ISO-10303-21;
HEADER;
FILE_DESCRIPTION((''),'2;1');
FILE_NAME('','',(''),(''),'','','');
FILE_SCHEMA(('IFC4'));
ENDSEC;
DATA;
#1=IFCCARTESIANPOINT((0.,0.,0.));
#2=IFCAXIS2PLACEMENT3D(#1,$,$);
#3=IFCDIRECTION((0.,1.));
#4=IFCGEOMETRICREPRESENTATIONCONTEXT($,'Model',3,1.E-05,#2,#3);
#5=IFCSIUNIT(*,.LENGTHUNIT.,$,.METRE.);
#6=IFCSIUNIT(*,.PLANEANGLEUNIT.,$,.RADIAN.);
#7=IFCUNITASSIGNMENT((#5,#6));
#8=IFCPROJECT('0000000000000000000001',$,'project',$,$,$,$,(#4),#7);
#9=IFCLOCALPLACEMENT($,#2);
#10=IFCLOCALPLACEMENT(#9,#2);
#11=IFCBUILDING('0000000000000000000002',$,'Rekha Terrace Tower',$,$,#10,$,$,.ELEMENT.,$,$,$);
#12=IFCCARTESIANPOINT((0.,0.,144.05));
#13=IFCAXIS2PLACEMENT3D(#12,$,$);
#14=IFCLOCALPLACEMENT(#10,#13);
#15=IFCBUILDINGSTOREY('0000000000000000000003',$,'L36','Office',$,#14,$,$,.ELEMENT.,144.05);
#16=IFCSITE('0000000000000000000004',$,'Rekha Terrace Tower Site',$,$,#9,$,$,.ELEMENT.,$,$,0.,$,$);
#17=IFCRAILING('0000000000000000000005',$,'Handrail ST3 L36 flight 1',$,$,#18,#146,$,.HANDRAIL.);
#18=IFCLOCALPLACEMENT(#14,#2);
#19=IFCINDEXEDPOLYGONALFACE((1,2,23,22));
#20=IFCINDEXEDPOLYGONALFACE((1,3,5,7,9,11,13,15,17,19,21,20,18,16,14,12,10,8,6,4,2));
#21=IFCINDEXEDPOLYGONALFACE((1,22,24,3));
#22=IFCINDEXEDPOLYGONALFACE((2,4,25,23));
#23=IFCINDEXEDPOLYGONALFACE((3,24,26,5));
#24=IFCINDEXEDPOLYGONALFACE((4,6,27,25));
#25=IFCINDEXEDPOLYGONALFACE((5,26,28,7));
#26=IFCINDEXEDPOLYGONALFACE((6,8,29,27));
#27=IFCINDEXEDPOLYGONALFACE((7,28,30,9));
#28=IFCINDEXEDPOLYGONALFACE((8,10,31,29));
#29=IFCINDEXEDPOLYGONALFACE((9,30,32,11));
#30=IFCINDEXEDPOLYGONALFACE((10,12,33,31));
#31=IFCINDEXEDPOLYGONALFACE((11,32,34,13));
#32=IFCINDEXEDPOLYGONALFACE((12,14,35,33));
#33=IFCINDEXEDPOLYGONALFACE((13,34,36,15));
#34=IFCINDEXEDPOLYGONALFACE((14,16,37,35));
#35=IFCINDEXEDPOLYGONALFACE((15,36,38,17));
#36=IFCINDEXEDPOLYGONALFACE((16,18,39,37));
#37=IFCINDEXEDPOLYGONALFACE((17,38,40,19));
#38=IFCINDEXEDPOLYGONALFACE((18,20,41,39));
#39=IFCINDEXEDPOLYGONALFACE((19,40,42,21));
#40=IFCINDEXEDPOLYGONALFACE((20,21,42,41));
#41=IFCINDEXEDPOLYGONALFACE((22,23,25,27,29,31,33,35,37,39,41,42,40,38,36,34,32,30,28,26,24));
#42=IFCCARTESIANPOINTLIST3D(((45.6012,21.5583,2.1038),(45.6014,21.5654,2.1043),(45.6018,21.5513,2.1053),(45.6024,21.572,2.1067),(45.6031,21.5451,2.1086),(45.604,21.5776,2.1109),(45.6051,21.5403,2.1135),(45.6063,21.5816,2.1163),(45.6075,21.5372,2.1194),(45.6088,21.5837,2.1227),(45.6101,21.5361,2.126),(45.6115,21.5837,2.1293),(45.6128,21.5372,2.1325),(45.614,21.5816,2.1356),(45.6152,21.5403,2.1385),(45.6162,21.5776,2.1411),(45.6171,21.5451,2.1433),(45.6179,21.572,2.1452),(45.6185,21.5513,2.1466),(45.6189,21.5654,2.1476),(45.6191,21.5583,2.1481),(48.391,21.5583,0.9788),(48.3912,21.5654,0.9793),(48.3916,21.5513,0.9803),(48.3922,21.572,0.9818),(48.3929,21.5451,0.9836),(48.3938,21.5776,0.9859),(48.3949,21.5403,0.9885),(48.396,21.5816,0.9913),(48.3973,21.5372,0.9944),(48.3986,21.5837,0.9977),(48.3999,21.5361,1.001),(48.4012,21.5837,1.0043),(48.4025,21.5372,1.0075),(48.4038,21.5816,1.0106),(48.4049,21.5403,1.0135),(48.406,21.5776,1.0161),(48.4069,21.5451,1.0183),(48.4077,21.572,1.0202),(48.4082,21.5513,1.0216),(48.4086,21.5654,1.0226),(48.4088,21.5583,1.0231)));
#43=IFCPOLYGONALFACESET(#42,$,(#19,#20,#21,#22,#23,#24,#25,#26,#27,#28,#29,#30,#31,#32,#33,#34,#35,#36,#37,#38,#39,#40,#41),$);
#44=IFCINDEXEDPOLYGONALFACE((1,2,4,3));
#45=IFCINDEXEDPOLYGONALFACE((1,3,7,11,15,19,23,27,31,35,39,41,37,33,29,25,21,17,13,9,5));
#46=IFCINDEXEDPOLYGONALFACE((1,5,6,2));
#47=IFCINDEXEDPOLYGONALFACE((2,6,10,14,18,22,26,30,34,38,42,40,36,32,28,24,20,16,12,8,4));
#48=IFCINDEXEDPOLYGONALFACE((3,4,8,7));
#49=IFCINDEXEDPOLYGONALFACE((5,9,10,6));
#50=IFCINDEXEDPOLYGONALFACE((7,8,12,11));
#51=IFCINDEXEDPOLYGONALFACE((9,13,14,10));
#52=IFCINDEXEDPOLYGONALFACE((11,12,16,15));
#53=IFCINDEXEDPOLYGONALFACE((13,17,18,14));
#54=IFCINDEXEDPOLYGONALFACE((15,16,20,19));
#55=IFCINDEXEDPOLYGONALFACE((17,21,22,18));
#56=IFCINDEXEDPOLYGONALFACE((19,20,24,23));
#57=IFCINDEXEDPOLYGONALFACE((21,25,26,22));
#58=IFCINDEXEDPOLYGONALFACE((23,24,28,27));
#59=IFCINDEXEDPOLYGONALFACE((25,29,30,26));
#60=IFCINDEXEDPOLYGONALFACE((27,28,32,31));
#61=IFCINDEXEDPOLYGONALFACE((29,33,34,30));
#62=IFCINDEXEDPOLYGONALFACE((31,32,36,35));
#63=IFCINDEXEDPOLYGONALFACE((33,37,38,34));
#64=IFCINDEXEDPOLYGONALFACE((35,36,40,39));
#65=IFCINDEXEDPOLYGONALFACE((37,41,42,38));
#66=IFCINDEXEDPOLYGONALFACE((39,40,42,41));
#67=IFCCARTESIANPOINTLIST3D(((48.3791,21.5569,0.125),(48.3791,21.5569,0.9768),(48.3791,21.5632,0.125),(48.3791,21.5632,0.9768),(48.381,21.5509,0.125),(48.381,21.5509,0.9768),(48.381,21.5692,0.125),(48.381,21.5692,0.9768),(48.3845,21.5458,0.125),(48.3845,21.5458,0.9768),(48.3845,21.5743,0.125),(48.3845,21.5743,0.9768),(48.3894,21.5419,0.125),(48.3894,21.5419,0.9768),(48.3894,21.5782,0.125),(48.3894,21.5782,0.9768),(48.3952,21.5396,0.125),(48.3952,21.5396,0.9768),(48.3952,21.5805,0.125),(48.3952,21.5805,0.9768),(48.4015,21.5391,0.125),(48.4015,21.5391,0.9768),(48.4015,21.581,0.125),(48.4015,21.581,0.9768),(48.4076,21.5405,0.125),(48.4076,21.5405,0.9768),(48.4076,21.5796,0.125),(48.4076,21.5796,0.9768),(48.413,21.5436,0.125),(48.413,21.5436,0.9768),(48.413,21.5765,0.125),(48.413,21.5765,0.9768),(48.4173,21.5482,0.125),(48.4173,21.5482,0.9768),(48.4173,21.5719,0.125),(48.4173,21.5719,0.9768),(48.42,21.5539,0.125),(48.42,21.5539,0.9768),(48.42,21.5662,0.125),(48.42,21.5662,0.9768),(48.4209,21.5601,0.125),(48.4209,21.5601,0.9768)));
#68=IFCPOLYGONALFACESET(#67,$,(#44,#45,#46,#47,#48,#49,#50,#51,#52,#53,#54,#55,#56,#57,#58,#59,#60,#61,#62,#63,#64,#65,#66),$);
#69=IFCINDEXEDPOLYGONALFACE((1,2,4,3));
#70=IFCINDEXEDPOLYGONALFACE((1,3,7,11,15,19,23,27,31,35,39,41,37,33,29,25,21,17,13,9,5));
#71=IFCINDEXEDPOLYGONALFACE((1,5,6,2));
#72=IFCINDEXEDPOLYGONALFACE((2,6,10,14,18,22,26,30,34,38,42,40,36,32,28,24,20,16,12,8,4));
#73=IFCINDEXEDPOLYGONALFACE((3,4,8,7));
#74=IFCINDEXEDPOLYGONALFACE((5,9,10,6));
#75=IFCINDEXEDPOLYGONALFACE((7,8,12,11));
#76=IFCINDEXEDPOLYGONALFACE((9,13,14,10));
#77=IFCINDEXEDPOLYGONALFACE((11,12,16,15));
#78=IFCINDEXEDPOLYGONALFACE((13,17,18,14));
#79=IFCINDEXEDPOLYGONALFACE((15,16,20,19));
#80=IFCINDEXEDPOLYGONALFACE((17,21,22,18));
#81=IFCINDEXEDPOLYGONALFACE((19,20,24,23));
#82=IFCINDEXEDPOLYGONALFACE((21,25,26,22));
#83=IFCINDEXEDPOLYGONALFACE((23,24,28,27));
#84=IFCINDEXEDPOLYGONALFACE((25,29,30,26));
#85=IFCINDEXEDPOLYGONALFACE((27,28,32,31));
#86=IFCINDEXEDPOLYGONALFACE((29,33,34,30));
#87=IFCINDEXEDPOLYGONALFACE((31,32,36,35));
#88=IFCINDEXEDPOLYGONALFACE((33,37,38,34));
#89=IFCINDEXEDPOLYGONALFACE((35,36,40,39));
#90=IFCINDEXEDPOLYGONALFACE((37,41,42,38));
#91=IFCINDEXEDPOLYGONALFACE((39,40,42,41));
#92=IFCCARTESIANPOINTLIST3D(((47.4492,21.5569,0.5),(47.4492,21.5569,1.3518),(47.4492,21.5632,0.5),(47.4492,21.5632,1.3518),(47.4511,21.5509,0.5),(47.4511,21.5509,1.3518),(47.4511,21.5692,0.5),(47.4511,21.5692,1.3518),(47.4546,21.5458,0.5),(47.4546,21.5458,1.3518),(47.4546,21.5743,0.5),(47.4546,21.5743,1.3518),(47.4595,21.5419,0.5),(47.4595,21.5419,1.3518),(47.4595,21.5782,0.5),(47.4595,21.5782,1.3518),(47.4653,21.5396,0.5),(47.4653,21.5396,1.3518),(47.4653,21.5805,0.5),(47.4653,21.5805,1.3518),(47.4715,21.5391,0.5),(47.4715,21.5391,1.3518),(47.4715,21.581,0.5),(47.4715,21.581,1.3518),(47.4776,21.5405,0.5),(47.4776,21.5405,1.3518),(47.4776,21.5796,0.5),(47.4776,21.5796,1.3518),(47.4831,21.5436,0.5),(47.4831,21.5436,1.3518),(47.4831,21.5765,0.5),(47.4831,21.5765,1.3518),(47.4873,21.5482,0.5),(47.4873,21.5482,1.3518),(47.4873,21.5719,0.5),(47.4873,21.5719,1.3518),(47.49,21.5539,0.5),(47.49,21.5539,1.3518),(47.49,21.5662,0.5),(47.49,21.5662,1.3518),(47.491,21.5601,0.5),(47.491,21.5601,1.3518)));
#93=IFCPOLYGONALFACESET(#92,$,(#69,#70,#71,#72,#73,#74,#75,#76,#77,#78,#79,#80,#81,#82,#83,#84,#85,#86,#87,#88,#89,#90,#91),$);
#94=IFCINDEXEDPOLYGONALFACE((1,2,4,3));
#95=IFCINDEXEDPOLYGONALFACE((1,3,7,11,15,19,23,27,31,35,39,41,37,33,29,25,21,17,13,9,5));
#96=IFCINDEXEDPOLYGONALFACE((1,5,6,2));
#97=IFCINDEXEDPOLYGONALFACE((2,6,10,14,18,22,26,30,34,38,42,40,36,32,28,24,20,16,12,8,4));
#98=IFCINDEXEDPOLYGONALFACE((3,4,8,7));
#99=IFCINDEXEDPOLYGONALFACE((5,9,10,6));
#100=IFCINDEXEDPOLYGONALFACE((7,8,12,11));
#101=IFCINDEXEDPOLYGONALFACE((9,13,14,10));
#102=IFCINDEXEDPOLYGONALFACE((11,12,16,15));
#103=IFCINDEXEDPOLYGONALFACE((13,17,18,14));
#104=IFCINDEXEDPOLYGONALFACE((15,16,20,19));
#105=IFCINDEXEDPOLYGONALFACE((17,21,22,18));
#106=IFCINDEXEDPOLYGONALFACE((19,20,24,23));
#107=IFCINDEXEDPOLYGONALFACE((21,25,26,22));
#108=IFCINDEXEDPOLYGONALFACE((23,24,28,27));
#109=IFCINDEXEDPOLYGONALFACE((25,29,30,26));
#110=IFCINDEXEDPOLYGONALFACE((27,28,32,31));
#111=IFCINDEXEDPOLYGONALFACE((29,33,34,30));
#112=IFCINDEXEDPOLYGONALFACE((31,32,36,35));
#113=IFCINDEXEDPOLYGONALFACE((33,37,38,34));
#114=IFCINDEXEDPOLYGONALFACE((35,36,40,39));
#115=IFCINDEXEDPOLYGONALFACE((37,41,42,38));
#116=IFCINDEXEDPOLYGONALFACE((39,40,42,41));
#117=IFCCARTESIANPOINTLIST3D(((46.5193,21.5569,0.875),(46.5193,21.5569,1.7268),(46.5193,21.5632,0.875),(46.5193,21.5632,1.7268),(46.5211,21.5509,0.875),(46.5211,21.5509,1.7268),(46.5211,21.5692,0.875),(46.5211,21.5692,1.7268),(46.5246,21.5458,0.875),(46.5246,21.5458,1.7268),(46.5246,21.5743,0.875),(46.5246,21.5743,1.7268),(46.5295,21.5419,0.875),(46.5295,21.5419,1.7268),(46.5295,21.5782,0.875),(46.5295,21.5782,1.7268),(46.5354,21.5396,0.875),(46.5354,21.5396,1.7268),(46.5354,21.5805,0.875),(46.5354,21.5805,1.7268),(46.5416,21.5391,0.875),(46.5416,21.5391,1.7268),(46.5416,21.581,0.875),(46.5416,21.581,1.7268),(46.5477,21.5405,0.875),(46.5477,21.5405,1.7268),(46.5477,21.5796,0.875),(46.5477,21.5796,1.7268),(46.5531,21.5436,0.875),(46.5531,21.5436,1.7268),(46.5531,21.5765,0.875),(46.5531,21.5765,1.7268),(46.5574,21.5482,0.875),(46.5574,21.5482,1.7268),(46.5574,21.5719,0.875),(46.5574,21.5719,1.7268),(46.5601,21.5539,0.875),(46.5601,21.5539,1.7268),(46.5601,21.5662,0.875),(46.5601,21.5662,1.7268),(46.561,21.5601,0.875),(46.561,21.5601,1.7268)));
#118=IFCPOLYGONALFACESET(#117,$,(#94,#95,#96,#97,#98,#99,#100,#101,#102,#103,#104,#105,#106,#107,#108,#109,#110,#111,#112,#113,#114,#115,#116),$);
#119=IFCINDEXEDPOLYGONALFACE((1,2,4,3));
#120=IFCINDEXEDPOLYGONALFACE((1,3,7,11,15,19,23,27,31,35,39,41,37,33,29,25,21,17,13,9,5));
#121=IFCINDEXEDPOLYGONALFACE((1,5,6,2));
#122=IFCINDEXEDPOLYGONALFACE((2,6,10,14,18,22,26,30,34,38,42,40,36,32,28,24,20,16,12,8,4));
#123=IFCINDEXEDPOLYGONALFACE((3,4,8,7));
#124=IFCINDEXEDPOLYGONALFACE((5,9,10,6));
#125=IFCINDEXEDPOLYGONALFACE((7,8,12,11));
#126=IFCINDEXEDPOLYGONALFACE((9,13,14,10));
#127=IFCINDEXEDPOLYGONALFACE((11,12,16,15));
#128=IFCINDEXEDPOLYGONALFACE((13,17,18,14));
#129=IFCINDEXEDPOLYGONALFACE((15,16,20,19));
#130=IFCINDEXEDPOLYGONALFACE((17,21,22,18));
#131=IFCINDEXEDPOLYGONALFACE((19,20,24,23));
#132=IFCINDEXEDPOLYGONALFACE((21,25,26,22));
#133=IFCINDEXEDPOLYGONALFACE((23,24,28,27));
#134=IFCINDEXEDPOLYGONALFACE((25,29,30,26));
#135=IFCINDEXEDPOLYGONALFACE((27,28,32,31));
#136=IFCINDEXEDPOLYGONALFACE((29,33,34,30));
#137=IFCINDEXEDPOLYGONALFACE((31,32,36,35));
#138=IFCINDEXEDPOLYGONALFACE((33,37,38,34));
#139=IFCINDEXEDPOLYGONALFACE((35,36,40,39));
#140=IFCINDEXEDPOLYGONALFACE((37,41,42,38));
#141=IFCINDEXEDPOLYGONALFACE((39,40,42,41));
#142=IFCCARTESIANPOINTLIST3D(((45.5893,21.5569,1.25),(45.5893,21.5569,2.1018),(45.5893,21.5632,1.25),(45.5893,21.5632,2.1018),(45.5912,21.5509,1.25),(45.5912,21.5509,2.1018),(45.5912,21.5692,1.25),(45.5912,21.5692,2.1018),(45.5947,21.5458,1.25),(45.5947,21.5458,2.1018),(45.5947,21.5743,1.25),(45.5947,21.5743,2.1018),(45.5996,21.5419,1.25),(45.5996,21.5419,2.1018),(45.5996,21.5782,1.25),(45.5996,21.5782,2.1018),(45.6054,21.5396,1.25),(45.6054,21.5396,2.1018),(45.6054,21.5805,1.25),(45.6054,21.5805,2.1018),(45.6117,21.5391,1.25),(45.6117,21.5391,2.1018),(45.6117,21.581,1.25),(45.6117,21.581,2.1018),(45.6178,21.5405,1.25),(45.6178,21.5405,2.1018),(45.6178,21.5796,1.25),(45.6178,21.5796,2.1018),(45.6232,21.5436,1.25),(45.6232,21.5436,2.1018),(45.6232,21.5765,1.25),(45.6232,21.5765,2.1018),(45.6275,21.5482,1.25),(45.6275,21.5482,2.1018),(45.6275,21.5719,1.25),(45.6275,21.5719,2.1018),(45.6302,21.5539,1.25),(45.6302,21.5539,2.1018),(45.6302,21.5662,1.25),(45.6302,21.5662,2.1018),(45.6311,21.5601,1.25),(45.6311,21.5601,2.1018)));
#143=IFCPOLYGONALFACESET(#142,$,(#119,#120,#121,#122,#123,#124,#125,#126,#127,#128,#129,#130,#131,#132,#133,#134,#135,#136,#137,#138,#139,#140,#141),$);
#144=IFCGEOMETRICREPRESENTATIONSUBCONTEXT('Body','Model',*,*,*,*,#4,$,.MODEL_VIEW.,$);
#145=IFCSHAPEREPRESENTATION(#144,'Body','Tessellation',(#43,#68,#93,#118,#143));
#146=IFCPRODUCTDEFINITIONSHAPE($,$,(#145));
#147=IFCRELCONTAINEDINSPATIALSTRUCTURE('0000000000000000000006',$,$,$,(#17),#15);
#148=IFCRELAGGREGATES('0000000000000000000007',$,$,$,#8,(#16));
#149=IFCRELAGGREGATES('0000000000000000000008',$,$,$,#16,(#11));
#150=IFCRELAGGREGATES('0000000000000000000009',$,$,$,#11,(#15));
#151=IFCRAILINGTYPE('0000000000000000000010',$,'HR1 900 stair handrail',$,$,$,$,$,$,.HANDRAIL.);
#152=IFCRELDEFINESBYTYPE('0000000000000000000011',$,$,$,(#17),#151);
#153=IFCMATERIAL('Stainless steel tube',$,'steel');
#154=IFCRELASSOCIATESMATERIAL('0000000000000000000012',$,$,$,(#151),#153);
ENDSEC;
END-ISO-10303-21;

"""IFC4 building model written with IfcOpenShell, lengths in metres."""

from ifc_helpers import new_model, si_unit, direction, frame, origin, origin_2d, place, context, subcontext, project, spatial, circle, extrude, material, type_object, element, save


model = new_model("IFC4")

# Units and contexts
model_context = context("Model", 3, precision=1e-05, world=origin(), true_north=direction((0.0, 1.0)))
body_context = subcontext(model_context, "Body", "Model", "MODEL_VIEW")
ifc_project = project(units=[si_unit("LENGTHUNIT", "METRE"), si_unit("PLANEANGLEUNIT", "RADIAN")], contexts=[model_context])

# Site, building, storey
site_placement = place(None, origin())
site = spatial("IfcSite", under=ifc_project, at=site_placement, Name="Rekha Terrace Tower Site", CompositionType="ELEMENT", RefElevation=0.0)
building_placement = place(site_placement, origin())
building = spatial("IfcBuilding", under=site, at=building_placement, Name="Rekha Terrace Tower", CompositionType="ELEMENT")
storey_placement = place(building_placement, frame((0.0, 0.0, 144.05)))
storey = spatial("IfcBuildingStorey", under=building, at=storey_placement, Name="L36", Description="Office", CompositionType="ELEMENT", Elevation=144.05)

# Railing
ifc_material_1 = material(Name="Stainless steel tube", Category="steel")
railing_type = type_object("IfcRailingType", Name="HR1 900 stair handrail", PredefinedType="HANDRAIL", material=ifc_material_1)
railing_placement = place(storey_placement, frame((48.3999, 21.5601, 0.125)))
element("IfcRailing", 1, at=railing_placement, inside=storey, type_object=railing_type, Name="Handrail ST3 L36 flight 1", PredefinedType="HANDRAIL", context=body_context, shape_type="SweptSolid", body=[
    extrude(circle(Radius=0.0239, at=origin_2d()), frame((0.0, 0.0, 0.876), z_axis=(-0.927432, 0.0, 0.373992), x_axis=(0.0, -1.0, 0.0)), (0.0, 0.0, 1.0), 3.0081),
    extrude(circle(Radius=0.021, at=origin_2d()), origin(), (0.0, 0.0, 1.0), 0.8518),
    extrude(circle(Radius=0.021, at=origin_2d()), frame((-0.9299, 0.0, 0.375)), (0.0, 0.0, 1.0), 0.8518),
    extrude(circle(Radius=0.021, at=origin_2d()), frame((-1.8599, 0.0, 0.75)), (0.0, 0.0, 1.0), 0.8518),
    extrude(circle(Radius=0.021, at=origin_2d()), frame((-2.7898, 0.0, 1.125)), (0.0, 0.0, 1.0), 0.8518),
])

save(model, "model.ifc")
